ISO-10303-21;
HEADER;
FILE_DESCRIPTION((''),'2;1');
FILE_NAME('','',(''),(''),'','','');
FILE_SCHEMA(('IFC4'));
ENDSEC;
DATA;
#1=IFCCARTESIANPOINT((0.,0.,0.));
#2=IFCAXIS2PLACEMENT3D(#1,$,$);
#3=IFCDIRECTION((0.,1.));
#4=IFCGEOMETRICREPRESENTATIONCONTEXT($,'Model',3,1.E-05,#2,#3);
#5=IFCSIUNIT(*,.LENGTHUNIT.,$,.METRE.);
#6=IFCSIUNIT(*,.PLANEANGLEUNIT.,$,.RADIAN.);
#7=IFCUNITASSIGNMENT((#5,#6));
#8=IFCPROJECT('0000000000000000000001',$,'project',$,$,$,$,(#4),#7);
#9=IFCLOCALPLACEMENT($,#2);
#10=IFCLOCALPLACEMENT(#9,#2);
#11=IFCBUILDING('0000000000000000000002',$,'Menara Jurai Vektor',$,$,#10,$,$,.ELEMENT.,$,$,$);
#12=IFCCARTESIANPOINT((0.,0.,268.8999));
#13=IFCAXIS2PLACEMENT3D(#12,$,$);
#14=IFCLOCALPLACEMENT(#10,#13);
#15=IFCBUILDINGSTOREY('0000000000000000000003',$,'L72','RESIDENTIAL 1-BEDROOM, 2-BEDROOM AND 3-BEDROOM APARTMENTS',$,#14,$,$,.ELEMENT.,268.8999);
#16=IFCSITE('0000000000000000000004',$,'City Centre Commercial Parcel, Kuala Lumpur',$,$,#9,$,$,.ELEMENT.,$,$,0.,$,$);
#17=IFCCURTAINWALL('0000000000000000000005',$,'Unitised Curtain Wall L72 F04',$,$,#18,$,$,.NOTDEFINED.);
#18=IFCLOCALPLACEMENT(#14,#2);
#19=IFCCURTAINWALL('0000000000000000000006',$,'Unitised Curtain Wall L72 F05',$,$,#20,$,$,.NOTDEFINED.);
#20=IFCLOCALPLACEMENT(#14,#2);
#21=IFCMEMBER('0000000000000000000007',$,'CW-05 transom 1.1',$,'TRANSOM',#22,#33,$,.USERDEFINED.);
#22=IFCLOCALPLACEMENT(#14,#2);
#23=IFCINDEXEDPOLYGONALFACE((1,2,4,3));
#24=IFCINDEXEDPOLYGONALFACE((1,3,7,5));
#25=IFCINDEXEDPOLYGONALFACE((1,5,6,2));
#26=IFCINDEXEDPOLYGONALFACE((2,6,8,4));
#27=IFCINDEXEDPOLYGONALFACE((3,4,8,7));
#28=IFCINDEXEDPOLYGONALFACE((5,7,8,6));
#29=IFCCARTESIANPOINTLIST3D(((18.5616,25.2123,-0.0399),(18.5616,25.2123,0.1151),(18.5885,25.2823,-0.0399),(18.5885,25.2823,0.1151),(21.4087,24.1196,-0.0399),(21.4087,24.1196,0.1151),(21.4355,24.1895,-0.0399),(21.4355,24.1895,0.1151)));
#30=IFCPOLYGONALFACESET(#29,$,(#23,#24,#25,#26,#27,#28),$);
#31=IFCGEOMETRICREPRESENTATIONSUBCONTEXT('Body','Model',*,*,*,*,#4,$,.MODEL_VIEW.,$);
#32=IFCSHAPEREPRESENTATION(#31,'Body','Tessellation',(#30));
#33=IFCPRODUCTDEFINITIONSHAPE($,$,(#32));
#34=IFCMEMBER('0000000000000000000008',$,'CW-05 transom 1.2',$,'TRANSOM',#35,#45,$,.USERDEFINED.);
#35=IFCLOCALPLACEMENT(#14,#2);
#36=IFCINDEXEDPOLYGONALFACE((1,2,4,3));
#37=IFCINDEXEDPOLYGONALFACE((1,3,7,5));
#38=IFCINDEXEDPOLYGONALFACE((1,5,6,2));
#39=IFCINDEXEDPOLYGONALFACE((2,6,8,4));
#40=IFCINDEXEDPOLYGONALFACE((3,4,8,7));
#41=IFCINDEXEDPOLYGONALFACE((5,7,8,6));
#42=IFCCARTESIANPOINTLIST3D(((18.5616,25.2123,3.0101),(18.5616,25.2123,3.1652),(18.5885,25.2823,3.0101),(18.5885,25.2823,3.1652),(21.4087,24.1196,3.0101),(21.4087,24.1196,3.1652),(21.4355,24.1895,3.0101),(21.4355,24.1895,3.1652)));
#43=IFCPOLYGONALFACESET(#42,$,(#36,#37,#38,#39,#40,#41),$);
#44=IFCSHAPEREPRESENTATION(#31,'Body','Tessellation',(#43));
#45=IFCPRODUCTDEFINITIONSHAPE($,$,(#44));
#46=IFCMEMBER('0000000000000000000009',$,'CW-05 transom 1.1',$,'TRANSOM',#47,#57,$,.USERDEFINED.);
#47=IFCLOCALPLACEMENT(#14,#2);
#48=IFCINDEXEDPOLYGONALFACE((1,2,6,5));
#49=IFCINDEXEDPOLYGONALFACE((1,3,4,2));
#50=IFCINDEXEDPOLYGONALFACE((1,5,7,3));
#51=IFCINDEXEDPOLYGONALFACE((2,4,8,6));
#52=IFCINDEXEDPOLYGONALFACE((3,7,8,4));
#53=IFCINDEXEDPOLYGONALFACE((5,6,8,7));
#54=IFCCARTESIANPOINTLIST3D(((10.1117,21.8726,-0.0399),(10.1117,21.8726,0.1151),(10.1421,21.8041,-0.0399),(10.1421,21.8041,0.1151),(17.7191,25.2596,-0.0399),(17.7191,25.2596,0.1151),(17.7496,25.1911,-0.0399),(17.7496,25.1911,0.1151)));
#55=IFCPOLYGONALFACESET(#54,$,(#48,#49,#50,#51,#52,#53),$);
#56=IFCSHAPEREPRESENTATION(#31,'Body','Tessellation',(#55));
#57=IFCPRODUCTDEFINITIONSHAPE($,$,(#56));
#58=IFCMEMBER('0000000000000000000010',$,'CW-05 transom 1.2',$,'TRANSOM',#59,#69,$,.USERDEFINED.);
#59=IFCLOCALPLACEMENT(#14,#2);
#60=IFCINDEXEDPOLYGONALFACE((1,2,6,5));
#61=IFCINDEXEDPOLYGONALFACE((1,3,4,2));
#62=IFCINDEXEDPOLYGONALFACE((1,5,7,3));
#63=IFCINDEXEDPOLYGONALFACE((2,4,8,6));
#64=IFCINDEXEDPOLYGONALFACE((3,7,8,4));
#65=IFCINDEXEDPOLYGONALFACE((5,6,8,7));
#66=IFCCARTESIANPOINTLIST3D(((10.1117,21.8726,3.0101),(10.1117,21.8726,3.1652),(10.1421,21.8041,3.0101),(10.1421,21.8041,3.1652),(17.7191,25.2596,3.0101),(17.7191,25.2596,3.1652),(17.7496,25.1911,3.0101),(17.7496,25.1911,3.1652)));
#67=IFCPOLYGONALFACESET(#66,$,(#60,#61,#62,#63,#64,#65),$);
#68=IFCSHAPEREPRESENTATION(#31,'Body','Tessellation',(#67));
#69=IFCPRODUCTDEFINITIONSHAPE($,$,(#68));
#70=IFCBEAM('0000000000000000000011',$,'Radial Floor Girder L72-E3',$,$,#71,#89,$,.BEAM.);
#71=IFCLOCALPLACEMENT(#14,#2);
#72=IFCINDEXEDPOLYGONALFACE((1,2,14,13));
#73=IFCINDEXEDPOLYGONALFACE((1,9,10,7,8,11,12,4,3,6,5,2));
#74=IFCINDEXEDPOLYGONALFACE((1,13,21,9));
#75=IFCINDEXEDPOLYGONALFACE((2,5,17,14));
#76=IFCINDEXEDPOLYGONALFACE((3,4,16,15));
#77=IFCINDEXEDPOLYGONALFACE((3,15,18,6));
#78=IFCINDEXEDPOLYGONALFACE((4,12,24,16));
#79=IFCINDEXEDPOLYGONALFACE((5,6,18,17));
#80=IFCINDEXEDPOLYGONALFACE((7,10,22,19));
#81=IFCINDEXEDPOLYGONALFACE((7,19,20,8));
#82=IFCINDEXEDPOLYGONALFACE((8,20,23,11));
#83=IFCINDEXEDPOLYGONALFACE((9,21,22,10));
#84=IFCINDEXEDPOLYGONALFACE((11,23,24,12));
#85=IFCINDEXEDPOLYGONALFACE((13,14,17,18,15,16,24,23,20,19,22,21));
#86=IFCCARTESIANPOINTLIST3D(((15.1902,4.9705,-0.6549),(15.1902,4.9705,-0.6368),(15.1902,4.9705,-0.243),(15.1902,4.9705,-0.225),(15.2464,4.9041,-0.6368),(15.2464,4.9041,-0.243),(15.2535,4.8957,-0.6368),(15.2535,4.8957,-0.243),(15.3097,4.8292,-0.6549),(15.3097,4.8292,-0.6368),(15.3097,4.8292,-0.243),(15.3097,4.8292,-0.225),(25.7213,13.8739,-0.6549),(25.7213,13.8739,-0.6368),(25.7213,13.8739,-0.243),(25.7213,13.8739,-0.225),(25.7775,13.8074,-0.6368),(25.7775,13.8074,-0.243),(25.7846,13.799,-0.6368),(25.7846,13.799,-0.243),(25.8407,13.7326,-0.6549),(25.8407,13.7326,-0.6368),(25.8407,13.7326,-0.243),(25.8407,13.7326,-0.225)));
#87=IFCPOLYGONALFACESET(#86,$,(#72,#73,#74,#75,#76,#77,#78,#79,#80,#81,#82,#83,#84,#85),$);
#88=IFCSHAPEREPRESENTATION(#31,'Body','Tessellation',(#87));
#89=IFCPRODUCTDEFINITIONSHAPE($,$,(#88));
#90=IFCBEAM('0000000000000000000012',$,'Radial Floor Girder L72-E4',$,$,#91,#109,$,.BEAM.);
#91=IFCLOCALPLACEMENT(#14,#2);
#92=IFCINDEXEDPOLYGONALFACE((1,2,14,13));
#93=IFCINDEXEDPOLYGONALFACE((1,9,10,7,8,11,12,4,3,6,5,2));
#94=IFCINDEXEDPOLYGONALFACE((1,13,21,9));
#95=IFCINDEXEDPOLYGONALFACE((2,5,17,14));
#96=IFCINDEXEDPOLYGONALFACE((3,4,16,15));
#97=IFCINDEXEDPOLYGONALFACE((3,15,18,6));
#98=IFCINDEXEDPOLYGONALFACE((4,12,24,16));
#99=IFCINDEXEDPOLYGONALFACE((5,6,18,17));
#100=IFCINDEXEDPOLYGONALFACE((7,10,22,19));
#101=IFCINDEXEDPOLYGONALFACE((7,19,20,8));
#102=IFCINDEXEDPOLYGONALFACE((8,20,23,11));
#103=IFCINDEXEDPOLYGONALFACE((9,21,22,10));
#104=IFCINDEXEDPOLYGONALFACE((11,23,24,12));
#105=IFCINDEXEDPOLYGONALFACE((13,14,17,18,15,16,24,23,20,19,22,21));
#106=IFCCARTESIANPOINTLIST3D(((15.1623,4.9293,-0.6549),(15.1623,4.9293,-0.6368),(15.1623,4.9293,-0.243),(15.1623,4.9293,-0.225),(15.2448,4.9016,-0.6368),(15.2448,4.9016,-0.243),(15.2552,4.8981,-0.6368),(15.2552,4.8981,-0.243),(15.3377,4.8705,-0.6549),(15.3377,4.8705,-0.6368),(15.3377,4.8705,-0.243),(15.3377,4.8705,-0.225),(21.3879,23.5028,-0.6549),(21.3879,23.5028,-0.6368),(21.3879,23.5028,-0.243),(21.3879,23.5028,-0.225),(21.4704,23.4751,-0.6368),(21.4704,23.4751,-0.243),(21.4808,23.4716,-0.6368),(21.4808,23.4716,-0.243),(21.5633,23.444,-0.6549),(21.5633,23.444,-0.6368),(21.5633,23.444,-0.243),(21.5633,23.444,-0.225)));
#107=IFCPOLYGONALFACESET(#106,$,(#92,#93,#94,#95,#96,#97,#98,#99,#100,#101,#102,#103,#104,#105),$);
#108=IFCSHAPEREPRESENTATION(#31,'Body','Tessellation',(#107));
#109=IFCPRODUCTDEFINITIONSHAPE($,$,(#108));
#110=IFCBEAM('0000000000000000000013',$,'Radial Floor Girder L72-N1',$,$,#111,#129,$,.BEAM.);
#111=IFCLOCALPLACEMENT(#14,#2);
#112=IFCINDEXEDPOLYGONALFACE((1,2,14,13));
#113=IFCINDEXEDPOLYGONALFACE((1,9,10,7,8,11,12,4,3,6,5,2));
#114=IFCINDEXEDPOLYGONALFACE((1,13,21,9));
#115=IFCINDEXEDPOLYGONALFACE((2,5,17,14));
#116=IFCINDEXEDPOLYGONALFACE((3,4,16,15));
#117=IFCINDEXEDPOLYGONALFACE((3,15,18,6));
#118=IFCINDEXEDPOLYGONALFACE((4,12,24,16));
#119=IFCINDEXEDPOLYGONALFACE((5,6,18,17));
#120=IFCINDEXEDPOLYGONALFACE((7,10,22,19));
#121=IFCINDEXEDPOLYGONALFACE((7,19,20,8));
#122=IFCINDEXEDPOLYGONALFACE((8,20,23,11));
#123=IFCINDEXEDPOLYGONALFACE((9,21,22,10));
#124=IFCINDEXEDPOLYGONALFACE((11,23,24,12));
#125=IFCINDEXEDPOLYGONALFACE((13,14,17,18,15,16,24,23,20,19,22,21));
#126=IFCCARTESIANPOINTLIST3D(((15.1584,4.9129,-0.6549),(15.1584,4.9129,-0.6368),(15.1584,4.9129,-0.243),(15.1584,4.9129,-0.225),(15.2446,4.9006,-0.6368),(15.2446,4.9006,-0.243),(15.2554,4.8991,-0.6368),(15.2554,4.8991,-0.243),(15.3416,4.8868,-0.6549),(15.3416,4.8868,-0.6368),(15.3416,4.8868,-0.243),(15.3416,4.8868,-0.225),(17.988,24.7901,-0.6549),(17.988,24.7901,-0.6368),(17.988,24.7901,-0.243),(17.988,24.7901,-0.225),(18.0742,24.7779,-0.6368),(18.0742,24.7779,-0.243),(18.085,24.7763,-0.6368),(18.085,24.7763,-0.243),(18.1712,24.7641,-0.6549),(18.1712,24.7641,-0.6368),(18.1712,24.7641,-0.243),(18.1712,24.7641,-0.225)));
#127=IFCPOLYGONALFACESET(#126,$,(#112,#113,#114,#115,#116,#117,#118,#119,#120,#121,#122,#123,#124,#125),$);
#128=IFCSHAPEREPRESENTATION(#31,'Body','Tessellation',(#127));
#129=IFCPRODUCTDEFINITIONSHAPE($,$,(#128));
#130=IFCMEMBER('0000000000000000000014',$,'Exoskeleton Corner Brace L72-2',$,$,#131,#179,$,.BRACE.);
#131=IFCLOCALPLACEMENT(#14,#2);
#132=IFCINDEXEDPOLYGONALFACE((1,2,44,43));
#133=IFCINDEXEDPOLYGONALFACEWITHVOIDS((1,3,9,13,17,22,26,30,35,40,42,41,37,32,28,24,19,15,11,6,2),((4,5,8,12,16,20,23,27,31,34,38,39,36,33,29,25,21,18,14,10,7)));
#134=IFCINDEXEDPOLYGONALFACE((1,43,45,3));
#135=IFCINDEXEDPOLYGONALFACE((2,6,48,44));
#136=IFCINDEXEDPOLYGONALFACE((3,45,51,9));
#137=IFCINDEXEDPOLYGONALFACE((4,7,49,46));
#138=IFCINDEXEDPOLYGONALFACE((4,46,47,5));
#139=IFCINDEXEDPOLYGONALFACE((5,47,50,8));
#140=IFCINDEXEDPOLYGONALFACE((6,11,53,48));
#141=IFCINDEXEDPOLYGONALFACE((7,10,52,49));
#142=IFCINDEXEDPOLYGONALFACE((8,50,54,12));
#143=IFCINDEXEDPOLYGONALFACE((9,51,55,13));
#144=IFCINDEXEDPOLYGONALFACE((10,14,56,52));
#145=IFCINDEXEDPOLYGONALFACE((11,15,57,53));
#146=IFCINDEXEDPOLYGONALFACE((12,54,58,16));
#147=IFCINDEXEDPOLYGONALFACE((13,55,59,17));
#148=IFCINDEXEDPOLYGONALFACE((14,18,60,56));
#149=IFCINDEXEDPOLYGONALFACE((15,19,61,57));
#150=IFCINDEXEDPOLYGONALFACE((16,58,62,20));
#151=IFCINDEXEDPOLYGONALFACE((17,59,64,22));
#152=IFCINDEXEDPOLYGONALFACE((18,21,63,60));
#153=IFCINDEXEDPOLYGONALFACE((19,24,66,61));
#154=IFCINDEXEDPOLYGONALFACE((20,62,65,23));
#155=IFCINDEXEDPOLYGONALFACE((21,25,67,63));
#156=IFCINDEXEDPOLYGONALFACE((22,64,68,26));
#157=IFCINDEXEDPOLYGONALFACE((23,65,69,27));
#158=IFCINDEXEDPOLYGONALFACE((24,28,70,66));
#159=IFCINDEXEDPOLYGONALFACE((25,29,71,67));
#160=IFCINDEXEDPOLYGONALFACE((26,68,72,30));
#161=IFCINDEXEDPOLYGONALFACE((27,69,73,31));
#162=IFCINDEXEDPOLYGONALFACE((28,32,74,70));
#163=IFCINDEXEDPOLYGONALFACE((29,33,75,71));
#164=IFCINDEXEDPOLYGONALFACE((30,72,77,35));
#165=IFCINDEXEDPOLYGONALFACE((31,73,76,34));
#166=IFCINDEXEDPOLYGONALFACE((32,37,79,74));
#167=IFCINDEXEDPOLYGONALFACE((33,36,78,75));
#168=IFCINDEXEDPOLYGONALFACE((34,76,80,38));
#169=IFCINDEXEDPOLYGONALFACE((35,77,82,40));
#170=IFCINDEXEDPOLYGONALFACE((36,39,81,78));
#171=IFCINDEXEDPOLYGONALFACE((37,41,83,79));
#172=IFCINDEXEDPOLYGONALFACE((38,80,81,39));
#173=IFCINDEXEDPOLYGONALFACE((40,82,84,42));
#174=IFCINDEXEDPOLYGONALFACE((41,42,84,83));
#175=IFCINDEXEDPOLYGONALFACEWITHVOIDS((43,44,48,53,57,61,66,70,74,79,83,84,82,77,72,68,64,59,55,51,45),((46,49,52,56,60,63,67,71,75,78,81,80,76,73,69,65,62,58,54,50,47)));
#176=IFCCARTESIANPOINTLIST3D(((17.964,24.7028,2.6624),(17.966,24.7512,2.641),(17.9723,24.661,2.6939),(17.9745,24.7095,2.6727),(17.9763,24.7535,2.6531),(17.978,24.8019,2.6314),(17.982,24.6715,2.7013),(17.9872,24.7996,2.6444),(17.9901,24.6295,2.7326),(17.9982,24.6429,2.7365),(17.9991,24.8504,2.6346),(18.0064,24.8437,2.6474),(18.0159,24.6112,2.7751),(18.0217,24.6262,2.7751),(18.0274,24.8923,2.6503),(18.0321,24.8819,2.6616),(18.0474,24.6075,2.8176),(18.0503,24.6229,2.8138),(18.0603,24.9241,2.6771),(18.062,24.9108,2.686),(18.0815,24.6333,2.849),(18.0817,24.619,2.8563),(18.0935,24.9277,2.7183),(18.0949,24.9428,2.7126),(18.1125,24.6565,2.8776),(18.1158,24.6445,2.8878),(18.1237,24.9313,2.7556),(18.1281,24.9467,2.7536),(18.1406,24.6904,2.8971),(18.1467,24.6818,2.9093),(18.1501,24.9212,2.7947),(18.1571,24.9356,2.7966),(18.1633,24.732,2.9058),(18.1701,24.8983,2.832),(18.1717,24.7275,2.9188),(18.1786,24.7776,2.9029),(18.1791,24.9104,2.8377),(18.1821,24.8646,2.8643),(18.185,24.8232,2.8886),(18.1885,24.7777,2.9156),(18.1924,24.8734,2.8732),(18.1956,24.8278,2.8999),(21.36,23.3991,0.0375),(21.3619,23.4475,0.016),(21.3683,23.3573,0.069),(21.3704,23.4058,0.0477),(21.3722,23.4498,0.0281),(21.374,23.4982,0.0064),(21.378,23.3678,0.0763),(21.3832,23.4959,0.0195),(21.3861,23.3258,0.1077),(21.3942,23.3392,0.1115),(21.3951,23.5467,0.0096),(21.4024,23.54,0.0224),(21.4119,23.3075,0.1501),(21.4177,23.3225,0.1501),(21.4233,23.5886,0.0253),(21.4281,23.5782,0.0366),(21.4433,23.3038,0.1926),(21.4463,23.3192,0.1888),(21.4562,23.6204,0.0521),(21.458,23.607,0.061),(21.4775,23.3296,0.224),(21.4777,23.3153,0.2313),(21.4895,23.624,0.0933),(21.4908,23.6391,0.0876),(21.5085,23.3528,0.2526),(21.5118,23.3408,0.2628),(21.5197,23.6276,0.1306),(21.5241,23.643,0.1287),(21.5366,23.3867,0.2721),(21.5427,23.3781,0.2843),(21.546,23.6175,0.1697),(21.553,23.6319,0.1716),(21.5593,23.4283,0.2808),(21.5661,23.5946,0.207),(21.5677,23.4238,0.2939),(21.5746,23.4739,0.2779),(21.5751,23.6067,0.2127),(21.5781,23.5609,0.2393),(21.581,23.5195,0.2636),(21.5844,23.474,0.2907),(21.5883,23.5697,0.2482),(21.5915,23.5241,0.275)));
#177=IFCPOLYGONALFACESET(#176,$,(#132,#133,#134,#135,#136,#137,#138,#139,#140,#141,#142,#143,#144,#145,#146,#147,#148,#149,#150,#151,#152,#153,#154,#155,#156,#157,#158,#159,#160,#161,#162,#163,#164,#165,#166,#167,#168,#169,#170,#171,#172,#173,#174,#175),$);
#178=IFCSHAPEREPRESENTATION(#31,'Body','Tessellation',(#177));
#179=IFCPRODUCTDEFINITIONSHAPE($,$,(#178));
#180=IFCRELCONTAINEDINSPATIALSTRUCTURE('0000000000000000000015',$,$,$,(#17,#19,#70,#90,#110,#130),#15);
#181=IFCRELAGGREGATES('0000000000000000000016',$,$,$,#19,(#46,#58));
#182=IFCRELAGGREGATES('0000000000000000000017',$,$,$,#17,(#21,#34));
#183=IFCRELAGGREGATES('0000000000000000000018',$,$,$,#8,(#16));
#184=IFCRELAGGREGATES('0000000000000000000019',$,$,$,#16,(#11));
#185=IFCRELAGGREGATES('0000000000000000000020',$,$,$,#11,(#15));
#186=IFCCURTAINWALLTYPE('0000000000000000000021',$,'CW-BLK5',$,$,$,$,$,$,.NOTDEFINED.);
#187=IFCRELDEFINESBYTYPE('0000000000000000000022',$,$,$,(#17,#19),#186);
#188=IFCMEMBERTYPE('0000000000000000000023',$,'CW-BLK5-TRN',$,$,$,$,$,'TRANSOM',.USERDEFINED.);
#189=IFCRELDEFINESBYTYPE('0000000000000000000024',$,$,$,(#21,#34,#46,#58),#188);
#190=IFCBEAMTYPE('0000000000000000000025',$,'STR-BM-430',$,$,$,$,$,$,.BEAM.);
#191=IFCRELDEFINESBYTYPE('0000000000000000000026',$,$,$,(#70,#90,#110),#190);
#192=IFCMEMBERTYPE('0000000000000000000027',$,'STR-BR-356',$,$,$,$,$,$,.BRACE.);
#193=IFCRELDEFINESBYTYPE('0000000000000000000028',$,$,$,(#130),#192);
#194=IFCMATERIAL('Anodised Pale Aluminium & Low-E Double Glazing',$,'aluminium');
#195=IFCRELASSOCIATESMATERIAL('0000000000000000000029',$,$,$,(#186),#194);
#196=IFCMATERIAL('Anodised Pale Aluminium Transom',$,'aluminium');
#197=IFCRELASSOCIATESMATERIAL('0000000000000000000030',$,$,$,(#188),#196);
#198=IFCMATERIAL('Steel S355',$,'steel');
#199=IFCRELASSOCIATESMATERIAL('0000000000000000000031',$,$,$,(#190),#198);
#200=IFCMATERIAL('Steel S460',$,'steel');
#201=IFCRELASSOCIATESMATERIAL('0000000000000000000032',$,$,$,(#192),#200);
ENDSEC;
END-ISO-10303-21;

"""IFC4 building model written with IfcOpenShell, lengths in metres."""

from ifc_helpers import new_model, si_unit, direction, frame, origin, origin_2d, place, context, subcontext, project, spatial, rectangle, hollow_circle, i_section, extrude, material, material_profile, profile_set, type_object, element, aggregate, save


model = new_model("IFC4")

# Units and contexts
model_context = context("Model", 3, precision=1e-05, world=origin(), true_north=direction((0.0, 1.0)))
body_context = subcontext(model_context, "Body", "Model", "MODEL_VIEW")
ifc_project = project(units=[si_unit("LENGTHUNIT", "METRE"), si_unit("PLANEANGLEUNIT", "RADIAN")], contexts=[model_context])

# Site, building, storey
site_placement = place(None, origin())
site = spatial("IfcSite", under=ifc_project, at=site_placement, Name="City Centre Commercial Parcel, Kuala Lumpur", CompositionType="ELEMENT", RefElevation=0.0)
building_placement = place(site_placement, origin())
building = spatial("IfcBuilding", under=site, at=building_placement, Name="Menara Jurai Vektor", CompositionType="ELEMENT")
storey_placement = place(building_placement, frame((0.0, 0.0, 268.8999)))
storey = spatial("IfcBuildingStorey", under=building, at=storey_placement, Name="L72", Description="RESIDENTIAL 1-BEDROOM, 2-BEDROOM AND 3-BEDROOM APARTMENTS", CompositionType="ELEMENT", Elevation=268.8999)

# Shared definitions
ifc_material_1 = material(Name="Steel S460", Category="steel")

# Curtain wall
ifc_material_2 = material(Name="Anodised Pale Aluminium & Low-E Double Glazing", Category="aluminium")
curtain_wall_type = type_object("IfcCurtainWallType", Name="CW-BLK5", PredefinedType="NOTDEFINED", material=ifc_material_2)
curtain_wall_1_placement = place(storey_placement, origin())
curtain_wall_1 = element("IfcCurtainWall", 1, at=curtain_wall_1_placement, inside=storey, type_object=curtain_wall_type, Name="Unitised Curtain Wall L72 F04", PredefinedType="NOTDEFINED")

# Curtain wall
curtain_wall_2_placement = place(storey_placement, origin())
curtain_wall_2 = element("IfcCurtainWall", 2, at=curtain_wall_2_placement, inside=storey, type_object=curtain_wall_type, Name="Unitised Curtain Wall L72 F05", PredefinedType="NOTDEFINED")

# Members
ifc_material_3 = material(Name="Anodised Pale Aluminium Transom", Category="aluminium")
ifc_material_profile_1 = material_profile(ifc_material_3, rectangle(XDim=0.075, YDim=0.155, at=origin_2d()), Name="ALU TRN 75x155")
ifc_profile_set_1 = profile_set([ifc_material_profile_1], Name="Anodised Pale Aluminium Transom")
member_type_1 = type_object("IfcMemberType", Name="CW-BLK5-TRN", ElementType="TRANSOM", PredefinedType="USERDEFINED", material=ifc_profile_set_1)
member_1_placement = place(storey_placement, frame((21.4221, 24.1545, 0.0376), z_axis=(-0.933597, 0.358325, 0.0), x_axis=(-0.358325, -0.933597, 0.0)))
member_1 = element("IfcMember", 3, at=member_1_placement, type_object=member_type_1, Name="CW-05 transom 1.1", ObjectType="TRANSOM", PredefinedType="USERDEFINED", context=body_context, shape_type="SweptSolid", body=[
    extrude(rectangle(XDim=0.075, YDim=0.155, at=origin_2d()), origin(), (0.0, 0.0, 1.0), 3.0496),
])
member_2_placement = place(storey_placement, frame((21.4221, 24.1545, 3.0876), z_axis=(-0.933597, 0.358325, 0.0), x_axis=(-0.358325, -0.933597, 0.0)))
member_2 = element("IfcMember", 4, at=member_2_placement, type_object=member_type_1, Name="CW-05 transom 1.2", ObjectType="TRANSOM", PredefinedType="USERDEFINED", context=body_context, shape_type="SweptSolid", body=[
    extrude(rectangle(XDim=0.075, YDim=0.155, at=origin_2d()), origin(), (0.0, 0.0, 1.0), 3.0496),
])
member_3_placement = place(storey_placement, frame((17.7344, 25.2253, 0.0376), z_axis=(-0.913549, -0.406729, 0.0), x_axis=(0.406729, -0.913549, 0.0)))
member_3 = element("IfcMember", 5, at=member_3_placement, type_object=member_type_1, Name="CW-05 transom 1.1", ObjectType="TRANSOM", PredefinedType="USERDEFINED", context=body_context, shape_type="SweptSolid", body=[
    extrude(rectangle(XDim=0.075, YDim=0.155, at=origin_2d()), origin(), (0.0, 0.0, 1.0), 8.3274),
])
member_4_placement = place(storey_placement, frame((17.7344, 25.2253, 3.0876), z_axis=(-0.913549, -0.406729, 0.0), x_axis=(0.406729, -0.913549, 0.0)))
member_4 = element("IfcMember", 6, at=member_4_placement, type_object=member_type_1, Name="CW-05 transom 1.2", ObjectType="TRANSOM", PredefinedType="USERDEFINED", context=body_context, shape_type="SweptSolid", body=[
    extrude(rectangle(XDim=0.075, YDim=0.155, at=origin_2d()), origin(), (0.0, 0.0, 1.0), 8.3274),
])

# Beams
ifc_material_4 = material(Name="Steel S355", Category="steel")
ifc_material_profile_2 = material_profile(ifc_material_4, i_section(OverallWidth=0.1851, OverallDepth=0.4299, WebThickness=0.011, FlangeThickness=0.0181, at=origin_2d()), Name="PG 430x185x76")
ifc_profile_set_2 = profile_set([ifc_material_profile_2], Name="Steel S355")
beam_type_1 = type_object("IfcBeamType", Name="STR-BM-430", PredefinedType="BEAM", material=ifc_profile_set_2)
beam_1_placement = place(storey_placement, frame((25.781, 13.8032, -0.4399), z_axis=(-0.763656, -0.645624, 0.0), x_axis=(0.645624, -0.763656, 0.0)))
element("IfcBeam", 7, at=beam_1_placement, inside=storey, type_object=beam_type_1, Name="Radial Floor Girder L72-E3", PredefinedType="BEAM", context=body_context, shape_type="SweptSolid", body=[
    extrude(i_section(OverallWidth=0.1851, OverallDepth=0.4299, WebThickness=0.011, FlangeThickness=0.0181, at=origin_2d()), origin(), (0.0, 0.0, 1.0), 13.7903),
])
beam_2_placement = place(storey_placement, frame((21.4756, 23.4734, -0.4399), z_axis=(-0.317809, -0.948155, 0.0), x_axis=(0.948155, -0.317809, 0.0)))
element("IfcBeam", 8, at=beam_2_placement, inside=storey, type_object=beam_type_1, Name="Radial Floor Girder L72-E4", PredefinedType="BEAM", context=body_context, shape_type="SweptSolid", body=[
    extrude(i_section(OverallWidth=0.1851, OverallDepth=0.4299, WebThickness=0.011, FlangeThickness=0.0181, at=origin_2d()), origin(), (0.0, 0.0, 1.0), 19.5891),
])
beam_3_placement = place(storey_placement, frame((18.0796, 24.7771, -0.4399), z_axis=(-0.140933, -0.990019, 0.0), x_axis=(0.990019, -0.140933, 0.0)))
element("IfcBeam", 9, at=beam_3_placement, inside=storey, type_object=beam_type_1, Name="Radial Floor Girder L72-N1", PredefinedType="BEAM", context=body_context, shape_type="SweptSolid", body=[
    extrude(i_section(OverallWidth=0.1851, OverallDepth=0.4299, WebThickness=0.011, FlangeThickness=0.0181, at=origin_2d()), origin(), (0.0, 0.0, 1.0), 20.0776),
])

# Member
ifc_material_profile_3 = material_profile(ifc_material_1, hollow_circle(Radius=0.1777, WallThickness=0.0161, at=origin_2d()), Name="CHS 355.6x16")
ifc_profile_set_3 = profile_set([ifc_material_profile_3], Name="Steel S460")
member_type_2 = type_object("IfcMemberType", Name="STR-BR-356", PredefinedType="BRACE", material=ifc_profile_set_3)
member_5_placement = place(storey_placement, frame((21.4756, 23.4734, 0.1501), z_axis=(-0.757042, 0.290626, 0.58517), x_axis=(-0.358394, -0.93357, 0.0)))
element("IfcMember", 10, at=member_5_placement, inside=storey, type_object=member_type_2, Name="Exoskeleton Corner Brace L72-2", PredefinedType="BRACE", context=body_context, shape_type="SweptSolid", body=[
    extrude(hollow_circle(Radius=0.1777, WallThickness=0.0161, at=origin_2d()), origin(), (0.0, 0.0, 1.0), 4.4858),
])

aggregate(curtain_wall_2, [member_3, member_4])
aggregate(curtain_wall_1, [member_1, member_2])

save(model, "model.ifc")
